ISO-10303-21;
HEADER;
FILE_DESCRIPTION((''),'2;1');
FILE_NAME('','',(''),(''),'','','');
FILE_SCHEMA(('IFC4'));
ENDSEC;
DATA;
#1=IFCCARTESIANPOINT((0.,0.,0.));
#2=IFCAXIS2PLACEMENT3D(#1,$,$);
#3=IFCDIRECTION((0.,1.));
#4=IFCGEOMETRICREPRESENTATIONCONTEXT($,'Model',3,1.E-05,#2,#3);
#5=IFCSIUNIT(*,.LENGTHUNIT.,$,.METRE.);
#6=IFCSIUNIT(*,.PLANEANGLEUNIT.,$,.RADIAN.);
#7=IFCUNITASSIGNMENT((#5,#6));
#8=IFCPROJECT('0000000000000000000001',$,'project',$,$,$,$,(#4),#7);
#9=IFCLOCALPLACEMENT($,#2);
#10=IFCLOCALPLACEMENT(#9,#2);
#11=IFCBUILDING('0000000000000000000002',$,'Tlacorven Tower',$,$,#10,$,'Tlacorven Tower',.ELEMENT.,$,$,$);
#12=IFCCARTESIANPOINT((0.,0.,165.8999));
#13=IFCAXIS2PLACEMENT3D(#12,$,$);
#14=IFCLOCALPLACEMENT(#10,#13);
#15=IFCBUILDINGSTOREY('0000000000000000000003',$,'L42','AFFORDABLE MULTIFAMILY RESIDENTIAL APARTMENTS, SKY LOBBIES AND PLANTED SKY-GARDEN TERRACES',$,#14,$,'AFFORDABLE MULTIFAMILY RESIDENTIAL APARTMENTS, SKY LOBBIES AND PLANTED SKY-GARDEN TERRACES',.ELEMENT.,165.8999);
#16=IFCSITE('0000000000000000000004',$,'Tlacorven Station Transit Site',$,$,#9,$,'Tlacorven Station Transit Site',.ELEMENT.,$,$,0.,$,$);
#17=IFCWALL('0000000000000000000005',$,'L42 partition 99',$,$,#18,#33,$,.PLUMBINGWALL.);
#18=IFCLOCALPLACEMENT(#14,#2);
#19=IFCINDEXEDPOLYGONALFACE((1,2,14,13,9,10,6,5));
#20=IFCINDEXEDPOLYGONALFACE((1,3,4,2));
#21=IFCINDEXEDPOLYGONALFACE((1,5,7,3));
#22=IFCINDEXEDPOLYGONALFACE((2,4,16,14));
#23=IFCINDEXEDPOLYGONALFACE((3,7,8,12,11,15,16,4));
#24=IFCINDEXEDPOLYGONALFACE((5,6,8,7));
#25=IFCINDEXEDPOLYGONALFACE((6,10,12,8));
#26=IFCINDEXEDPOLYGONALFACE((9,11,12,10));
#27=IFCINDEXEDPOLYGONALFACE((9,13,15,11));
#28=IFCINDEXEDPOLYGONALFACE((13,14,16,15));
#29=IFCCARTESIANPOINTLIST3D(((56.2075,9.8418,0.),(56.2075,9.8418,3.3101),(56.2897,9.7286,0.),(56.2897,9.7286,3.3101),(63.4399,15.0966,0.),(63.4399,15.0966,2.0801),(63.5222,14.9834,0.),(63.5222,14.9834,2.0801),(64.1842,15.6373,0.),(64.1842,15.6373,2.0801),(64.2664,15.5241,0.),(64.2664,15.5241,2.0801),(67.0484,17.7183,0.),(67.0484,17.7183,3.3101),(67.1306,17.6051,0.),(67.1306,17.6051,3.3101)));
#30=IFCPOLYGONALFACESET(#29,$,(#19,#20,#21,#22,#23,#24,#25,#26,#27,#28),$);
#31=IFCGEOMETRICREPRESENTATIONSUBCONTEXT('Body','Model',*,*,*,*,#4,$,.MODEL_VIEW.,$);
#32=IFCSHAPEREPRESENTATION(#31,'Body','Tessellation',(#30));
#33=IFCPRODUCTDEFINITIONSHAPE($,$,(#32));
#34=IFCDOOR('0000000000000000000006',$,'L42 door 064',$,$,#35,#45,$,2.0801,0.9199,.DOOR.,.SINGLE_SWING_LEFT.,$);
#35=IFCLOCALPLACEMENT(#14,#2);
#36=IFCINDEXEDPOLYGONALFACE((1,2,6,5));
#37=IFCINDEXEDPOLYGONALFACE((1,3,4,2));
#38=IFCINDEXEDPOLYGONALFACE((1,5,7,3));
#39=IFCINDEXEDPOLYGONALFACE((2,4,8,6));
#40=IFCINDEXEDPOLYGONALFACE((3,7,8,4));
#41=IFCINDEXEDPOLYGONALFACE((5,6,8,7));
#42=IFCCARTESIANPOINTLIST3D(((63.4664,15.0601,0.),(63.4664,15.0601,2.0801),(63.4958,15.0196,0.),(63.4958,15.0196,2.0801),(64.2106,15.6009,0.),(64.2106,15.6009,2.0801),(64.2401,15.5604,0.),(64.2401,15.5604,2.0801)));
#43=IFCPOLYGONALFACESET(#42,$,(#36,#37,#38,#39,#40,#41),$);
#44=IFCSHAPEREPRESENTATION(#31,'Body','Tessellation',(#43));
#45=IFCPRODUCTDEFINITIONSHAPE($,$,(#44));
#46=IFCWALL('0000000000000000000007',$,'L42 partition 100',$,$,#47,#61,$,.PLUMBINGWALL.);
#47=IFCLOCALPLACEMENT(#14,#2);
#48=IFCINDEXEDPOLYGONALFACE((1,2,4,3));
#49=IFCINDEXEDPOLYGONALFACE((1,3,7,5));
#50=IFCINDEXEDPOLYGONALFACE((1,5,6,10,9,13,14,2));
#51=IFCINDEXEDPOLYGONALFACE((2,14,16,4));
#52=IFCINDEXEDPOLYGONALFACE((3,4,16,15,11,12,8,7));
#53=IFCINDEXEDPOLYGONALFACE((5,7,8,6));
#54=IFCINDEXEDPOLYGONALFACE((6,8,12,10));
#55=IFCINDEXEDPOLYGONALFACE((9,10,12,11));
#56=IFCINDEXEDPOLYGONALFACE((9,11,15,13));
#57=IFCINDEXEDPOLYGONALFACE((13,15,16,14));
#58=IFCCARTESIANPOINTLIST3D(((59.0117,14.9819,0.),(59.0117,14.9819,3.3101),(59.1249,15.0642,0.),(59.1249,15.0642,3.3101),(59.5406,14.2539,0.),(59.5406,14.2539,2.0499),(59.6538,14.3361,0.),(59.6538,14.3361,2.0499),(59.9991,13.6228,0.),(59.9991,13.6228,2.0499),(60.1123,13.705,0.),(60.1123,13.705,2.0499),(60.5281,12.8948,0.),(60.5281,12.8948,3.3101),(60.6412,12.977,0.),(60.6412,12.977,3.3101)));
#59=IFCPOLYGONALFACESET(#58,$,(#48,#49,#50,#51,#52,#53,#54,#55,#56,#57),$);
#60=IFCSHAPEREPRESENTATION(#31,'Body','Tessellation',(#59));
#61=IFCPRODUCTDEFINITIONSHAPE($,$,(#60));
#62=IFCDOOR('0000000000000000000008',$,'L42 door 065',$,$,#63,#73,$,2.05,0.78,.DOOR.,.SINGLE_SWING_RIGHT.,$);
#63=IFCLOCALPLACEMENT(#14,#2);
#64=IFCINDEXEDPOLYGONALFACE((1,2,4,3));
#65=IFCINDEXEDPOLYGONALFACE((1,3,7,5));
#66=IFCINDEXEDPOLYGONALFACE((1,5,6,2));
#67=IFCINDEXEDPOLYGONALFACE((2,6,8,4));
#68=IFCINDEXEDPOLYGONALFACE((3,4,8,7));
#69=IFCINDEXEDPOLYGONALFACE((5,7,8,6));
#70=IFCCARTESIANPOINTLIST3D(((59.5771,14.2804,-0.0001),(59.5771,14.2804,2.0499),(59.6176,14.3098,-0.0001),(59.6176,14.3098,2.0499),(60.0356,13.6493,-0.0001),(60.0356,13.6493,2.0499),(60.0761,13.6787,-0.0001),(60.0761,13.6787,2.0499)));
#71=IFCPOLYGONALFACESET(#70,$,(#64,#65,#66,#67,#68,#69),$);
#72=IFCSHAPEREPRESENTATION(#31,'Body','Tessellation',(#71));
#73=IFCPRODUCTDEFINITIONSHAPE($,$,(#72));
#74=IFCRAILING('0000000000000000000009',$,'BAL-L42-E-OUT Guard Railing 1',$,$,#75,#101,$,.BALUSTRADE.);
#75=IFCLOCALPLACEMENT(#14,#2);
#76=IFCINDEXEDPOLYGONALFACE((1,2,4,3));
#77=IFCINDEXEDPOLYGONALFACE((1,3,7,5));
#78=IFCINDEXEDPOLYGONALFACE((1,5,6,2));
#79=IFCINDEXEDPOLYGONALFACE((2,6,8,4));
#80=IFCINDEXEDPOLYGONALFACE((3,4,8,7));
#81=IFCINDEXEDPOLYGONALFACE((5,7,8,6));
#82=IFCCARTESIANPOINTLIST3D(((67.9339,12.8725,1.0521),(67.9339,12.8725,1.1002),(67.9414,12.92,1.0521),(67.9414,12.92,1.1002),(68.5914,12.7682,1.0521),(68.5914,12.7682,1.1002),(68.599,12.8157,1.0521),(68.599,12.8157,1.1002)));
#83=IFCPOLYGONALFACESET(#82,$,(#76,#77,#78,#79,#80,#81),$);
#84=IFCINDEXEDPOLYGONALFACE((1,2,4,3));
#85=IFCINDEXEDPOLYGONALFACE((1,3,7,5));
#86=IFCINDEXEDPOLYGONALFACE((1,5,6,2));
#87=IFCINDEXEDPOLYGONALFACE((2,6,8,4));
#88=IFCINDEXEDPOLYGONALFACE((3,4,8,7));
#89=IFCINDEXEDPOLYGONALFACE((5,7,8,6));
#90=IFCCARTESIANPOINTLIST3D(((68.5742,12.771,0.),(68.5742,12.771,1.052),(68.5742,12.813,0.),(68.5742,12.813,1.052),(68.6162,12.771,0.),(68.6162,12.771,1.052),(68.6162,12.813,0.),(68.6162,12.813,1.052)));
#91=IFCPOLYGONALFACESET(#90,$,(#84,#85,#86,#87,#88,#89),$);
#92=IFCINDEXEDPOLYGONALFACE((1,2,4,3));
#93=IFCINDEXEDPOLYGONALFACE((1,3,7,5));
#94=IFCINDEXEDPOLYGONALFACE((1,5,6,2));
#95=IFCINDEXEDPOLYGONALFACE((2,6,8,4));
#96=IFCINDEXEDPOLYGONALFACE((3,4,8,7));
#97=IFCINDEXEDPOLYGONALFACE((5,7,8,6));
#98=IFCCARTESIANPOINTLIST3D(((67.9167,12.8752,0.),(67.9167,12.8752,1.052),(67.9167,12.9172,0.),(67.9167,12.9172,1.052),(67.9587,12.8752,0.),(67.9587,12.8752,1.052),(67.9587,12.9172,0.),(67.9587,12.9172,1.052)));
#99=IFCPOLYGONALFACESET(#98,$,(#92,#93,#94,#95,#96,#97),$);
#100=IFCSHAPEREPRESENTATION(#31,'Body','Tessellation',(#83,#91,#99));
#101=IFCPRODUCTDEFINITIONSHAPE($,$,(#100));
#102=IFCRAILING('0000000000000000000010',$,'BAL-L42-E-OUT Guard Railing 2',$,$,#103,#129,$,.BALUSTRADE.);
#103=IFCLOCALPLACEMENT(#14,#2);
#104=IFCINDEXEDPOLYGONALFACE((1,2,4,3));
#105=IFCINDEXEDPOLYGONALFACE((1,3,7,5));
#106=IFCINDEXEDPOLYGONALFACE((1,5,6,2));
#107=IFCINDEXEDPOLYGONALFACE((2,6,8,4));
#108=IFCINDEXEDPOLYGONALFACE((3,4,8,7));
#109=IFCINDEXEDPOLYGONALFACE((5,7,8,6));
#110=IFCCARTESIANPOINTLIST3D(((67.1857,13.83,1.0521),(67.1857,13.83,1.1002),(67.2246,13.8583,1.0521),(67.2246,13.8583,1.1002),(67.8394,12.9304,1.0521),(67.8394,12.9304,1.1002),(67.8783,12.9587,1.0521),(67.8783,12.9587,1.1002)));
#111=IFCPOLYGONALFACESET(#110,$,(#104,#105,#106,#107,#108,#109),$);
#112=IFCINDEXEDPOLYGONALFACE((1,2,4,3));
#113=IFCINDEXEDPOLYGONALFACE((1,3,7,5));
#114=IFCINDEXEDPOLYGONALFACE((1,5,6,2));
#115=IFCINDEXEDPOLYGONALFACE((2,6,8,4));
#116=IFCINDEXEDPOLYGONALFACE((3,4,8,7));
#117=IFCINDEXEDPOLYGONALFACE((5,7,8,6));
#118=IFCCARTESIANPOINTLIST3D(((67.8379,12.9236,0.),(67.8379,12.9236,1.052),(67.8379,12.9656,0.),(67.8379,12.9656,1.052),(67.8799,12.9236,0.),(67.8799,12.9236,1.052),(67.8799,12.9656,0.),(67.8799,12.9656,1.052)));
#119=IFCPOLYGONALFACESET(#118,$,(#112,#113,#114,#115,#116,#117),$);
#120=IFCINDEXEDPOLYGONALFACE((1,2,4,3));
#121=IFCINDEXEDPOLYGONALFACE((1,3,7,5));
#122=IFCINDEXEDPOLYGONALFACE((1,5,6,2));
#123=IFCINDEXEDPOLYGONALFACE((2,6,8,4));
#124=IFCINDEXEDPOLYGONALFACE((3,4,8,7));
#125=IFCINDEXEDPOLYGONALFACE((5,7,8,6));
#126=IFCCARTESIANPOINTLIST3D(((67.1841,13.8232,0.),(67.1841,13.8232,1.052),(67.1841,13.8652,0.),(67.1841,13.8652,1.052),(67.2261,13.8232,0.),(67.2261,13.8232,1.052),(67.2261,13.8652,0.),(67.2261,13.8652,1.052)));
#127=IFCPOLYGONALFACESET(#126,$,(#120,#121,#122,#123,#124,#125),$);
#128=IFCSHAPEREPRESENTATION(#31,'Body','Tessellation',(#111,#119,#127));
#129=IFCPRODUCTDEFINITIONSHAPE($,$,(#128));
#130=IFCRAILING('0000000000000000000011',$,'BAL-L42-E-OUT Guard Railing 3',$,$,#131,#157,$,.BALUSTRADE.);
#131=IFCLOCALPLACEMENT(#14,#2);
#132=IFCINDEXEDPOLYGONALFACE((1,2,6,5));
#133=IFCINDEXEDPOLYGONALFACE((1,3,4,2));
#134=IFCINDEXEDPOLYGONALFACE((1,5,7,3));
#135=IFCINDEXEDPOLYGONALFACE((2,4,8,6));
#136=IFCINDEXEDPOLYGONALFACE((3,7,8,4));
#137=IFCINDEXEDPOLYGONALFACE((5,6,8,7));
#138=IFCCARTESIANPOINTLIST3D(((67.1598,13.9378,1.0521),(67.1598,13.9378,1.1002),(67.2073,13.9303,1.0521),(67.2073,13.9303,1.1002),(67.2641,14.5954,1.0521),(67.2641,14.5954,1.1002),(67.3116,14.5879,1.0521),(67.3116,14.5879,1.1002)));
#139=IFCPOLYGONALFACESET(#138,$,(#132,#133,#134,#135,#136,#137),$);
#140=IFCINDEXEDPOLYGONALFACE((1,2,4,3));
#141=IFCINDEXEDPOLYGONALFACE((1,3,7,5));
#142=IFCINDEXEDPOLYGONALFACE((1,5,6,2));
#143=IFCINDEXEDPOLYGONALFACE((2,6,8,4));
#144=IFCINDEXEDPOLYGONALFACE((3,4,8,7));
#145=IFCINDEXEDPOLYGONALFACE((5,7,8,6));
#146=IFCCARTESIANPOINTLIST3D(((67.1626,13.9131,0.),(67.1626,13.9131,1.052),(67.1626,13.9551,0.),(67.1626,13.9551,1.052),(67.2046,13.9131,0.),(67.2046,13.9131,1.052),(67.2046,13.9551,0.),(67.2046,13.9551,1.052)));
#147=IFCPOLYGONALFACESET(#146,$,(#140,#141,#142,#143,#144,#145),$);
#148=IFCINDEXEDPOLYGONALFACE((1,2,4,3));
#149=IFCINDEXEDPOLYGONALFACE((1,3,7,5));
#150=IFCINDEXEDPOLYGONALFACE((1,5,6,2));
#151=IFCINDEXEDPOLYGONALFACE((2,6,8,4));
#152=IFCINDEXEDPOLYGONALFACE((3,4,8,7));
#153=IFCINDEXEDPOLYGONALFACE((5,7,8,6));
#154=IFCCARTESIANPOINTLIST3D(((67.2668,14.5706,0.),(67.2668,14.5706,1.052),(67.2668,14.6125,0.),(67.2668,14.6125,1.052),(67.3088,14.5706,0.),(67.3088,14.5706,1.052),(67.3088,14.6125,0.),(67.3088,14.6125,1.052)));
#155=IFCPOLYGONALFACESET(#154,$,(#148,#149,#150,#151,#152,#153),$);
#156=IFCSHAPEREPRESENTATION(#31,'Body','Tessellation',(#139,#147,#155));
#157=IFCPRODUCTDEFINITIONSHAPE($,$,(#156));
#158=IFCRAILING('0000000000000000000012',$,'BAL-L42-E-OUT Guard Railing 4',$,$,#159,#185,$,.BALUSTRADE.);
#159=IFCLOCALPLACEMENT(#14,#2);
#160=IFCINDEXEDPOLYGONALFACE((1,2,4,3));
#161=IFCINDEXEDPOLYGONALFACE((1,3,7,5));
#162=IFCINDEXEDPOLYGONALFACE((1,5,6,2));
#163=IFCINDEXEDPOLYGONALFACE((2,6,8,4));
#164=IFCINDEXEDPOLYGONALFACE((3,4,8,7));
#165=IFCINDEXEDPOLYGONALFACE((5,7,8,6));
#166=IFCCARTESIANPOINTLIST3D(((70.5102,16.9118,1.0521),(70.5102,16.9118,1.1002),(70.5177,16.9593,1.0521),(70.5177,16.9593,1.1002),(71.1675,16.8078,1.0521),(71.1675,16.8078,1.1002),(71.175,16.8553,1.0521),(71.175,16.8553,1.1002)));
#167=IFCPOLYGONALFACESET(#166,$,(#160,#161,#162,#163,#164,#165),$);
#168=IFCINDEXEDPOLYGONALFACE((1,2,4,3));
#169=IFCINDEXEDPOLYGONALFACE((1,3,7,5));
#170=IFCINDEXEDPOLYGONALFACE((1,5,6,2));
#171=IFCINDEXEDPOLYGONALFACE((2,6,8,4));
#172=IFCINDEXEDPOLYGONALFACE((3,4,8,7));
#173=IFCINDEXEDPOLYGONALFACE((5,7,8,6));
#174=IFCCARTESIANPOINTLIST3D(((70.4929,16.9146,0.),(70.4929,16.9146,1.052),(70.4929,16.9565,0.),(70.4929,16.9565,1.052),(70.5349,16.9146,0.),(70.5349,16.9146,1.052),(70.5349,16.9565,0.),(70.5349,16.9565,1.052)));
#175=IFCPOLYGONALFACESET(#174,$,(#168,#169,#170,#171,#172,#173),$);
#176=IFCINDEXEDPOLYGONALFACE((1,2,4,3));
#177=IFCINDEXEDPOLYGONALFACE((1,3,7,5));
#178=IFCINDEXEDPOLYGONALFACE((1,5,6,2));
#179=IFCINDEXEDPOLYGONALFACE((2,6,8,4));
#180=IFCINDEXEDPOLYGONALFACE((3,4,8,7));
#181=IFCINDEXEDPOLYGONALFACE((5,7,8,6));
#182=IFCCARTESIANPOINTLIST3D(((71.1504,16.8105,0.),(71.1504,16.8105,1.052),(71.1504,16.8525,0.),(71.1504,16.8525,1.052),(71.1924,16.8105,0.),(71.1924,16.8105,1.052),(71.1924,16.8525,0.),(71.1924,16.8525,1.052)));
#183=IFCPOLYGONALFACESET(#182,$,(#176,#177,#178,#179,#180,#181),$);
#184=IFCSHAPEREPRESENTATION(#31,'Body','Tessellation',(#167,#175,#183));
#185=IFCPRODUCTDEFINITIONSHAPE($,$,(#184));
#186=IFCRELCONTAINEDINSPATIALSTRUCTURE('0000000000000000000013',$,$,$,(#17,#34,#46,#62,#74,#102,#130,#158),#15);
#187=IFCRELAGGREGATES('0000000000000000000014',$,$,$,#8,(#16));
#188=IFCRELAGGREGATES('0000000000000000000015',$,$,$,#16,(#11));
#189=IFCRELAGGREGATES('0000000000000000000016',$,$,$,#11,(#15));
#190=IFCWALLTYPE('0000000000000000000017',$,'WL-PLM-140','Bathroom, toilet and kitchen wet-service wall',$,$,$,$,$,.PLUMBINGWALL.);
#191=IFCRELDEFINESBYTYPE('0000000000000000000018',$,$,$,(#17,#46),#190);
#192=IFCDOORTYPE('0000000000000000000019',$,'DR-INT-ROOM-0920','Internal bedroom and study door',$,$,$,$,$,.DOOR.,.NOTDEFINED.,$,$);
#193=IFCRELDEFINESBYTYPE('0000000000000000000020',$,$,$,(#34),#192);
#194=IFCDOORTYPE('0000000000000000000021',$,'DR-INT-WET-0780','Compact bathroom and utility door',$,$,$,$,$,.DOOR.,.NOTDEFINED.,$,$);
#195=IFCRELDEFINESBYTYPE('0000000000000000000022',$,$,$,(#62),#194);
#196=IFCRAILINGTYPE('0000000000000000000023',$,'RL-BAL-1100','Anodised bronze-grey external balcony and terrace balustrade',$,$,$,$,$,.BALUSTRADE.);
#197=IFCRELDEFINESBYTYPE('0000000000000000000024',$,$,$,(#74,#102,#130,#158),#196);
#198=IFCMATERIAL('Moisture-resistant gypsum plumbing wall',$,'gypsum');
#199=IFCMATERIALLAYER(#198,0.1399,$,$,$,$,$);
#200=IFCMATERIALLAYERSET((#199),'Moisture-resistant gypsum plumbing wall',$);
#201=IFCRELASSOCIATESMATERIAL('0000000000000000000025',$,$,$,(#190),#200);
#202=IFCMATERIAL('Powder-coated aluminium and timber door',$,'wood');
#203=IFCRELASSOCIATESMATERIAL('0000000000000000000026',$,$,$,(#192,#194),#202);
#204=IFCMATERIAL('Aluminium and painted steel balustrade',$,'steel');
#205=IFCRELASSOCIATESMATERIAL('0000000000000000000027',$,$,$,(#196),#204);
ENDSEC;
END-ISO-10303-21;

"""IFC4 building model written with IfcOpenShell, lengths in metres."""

from ifc_helpers import new_model, si_unit, direction, frame, frame_2d, origin, origin_2d, place, context, subcontext, project, spatial, rectangle, extrude, source, transform, mapped, material, layer, layer_set, type_object, element, fill, save


model = new_model("IFC4")

# Units and contexts
model_context = context("Model", 3, precision=1e-05, world=origin(), true_north=direction((0.0, 1.0)))
body_context = subcontext(model_context, "Body", "Model", "MODEL_VIEW")
ifc_project = project(units=[si_unit("LENGTHUNIT", "METRE"), si_unit("PLANEANGLEUNIT", "RADIAN")], contexts=[model_context])

# Site, building, storey
site_placement = place(None, origin())
site = spatial("IfcSite", under=ifc_project, at=site_placement, Name="Tlacorven Station Transit Site", LongName="Tlacorven Station Transit Site", CompositionType="ELEMENT", RefElevation=0.0)
building_placement = place(site_placement, origin())
building = spatial("IfcBuilding", under=site, at=building_placement, Name="Tlacorven Tower", LongName="Tlacorven Tower", CompositionType="ELEMENT")
storey_placement = place(building_placement, frame((0.0, 0.0, 165.8999)))
storey = spatial("IfcBuildingStorey", under=building, at=storey_placement, Name="L42", Description="AFFORDABLE MULTIFAMILY RESIDENTIAL APARTMENTS, SKY LOBBIES AND PLANTED SKY-GARDEN TERRACES", LongName="AFFORDABLE MULTIFAMILY RESIDENTIAL APARTMENTS, SKY LOBBIES AND PLANTED SKY-GARDEN TERRACES", CompositionType="ELEMENT", Elevation=165.8999)

# Shared definitions
ifc_material_1 = material(Name="Powder-coated aluminium and timber door", Category="wood")

# Walls, openings, doors
ifc_material_2 = material(Name="Moisture-resistant gypsum plumbing wall", Category="gypsum")
ifc_layer_1 = layer(ifc_material_2, 0.1399)
ifc_layer_set_1 = layer_set([ifc_layer_1], Name="Moisture-resistant gypsum plumbing wall")
wall_type_1 = type_object("IfcWallType", Name="WL-PLM-140", Description="Bathroom, toilet and kitchen wet-service wall", PredefinedType="PLUMBINGWALL", material=ifc_layer_set_1)
wall_1_placement = place(storey_placement, frame((56.2485, 9.7852, 0.0), z_axis=(0.0, 0.0, 1.0), x_axis=(0.809012, 0.587792, 0.0)))
wall_1 = element("IfcWall", 1, at=wall_1_placement, inside=storey, type_object=wall_type_1, Name="L42 partition 99", PredefinedType="PLUMBINGWALL", context=body_context, shape_type="SweptSolid", body=[
    extrude(rectangle(XDim=13.4001, YDim=0.1399, at=frame_2d((6.7002, 0.0))), origin(), (0.0, 0.0, 1.0), 3.3101),
])
opening_1_placement = place(wall_1_placement, frame((8.9399, 0.0, 0.0)))
opening_1 = element("IfcOpeningElement", 2, at=opening_1_placement, cuts=wall_1, PredefinedType="OPENING", context=body_context, shape_type="SweptSolid", body=[
    extrude(rectangle(XDim=0.9199, YDim=2.0801, at=frame_2d((0.46, 1.04))), frame((0.0, 0.0801, 0.0), z_axis=(0.0, -1.0, 0.0), x_axis=(1.0, 0.0, 0.0)), (0.0, 0.0, 1.0), 0.1599),
])
door_type_1 = type_object("IfcDoorType", Name="DR-INT-ROOM-0920", Description="Internal bedroom and study door", OperationType="NOTDEFINED", PredefinedType="DOOR", material=ifc_material_1)
shared_shape_1 = source(origin(), body_context, "Body", "SweptSolid", [
    extrude(rectangle(XDim=0.9199, YDim=2.0801, at=frame_2d((0.46, 1.04))), frame((0.0, 0.0249, 0.0), z_axis=(0.0, -1.0, 0.0), x_axis=(1.0, 0.0, 0.0)), (0.0, 0.0, 1.0), 0.05),
])
door_1_placement = place(opening_1_placement, origin())
door_1 = element("IfcDoor", 3, at=door_1_placement, inside=storey, type_object=door_type_1, Name="L42 door 064", OperationType="SINGLE_SWING_LEFT", OverallHeight=2.0801, OverallWidth=0.9199, PredefinedType="DOOR", context=body_context, shape_type="MappedRepresentation", body=[
    mapped(shared_shape_1, transform((0.0, 0.0, 0.0), scale=1.0)),
])
fill(opening_1, door_1)
wall_2_placement = place(storey_placement, frame((60.5847, 12.9358, 0.0), z_axis=(0.0, 0.0, 1.0), x_axis=(-0.587772, 0.809027, 0.0)))
wall_2 = element("IfcWall", 4, at=wall_2_placement, inside=storey, type_object=wall_type_1, Name="L42 partition 100", PredefinedType="PLUMBINGWALL", context=body_context, shape_type="SweptSolid", body=[
    extrude(rectangle(XDim=2.5798, YDim=0.1399, at=frame_2d((1.29, 0.0))), origin(), (0.0, 0.0, 1.0), 3.3101),
])
opening_2_placement = place(wall_2_placement, frame((0.8999, 0.0, 0.0)))
opening_2 = element("IfcOpeningElement", 5, at=opening_2_placement, cuts=wall_2, PredefinedType="OPENING", context=body_context, shape_type="SweptSolid", body=[
    extrude(rectangle(XDim=0.78, YDim=2.05, at=frame_2d((0.3901, 1.0249))), frame((0.0, 0.0801, 0.0), z_axis=(0.0, -1.0, 0.0), x_axis=(1.0, 0.0, 0.0)), (0.0, 0.0, 1.0), 0.1599),
])
door_type_2 = type_object("IfcDoorType", Name="DR-INT-WET-0780", Description="Compact bathroom and utility door", OperationType="NOTDEFINED", PredefinedType="DOOR", material=ifc_material_1)
shared_shape_2 = source(origin(), body_context, "Body", "SweptSolid", [
    extrude(rectangle(XDim=0.78, YDim=2.05, at=frame_2d((0.3901, 1.0249))), frame((0.0, 0.0249, 0.0), z_axis=(0.0, -1.0, 0.0), x_axis=(1.0, 0.0, 0.0)), (0.0, 0.0, 1.0), 0.05),
])
door_2_placement = place(opening_2_placement, origin())
door_2 = element("IfcDoor", 6, at=door_2_placement, inside=storey, type_object=door_type_2, Name="L42 door 065", OperationType="SINGLE_SWING_RIGHT", OverallHeight=2.05, OverallWidth=0.78, PredefinedType="DOOR", context=body_context, shape_type="MappedRepresentation", body=[
    mapped(shared_shape_2, transform((0.0, 0.0, 0.0), scale=1.0)),
])
fill(opening_2, door_2)

# Railings
ifc_material_3 = material(Name="Aluminium and painted steel balustrade", Category="steel")
railing_type_1 = type_object("IfcRailingType", Name="RL-BAL-1100", Description="Anodised bronze-grey external balcony and terrace balustrade", PredefinedType="BALUSTRADE", material=ifc_material_3)
shared_shape_3 = source(origin(), body_context, "Body", "SweptSolid", [
    extrude(rectangle(XDim=0.0481, YDim=0.0481, at=origin_2d()), frame((0.0, 0.0, 1.0762), z_axis=(-0.987662, 0.156603, 0.0), x_axis=(-0.156603, -0.987662, 0.0)), (0.0, 0.0, 1.0), 0.6658),
    extrude(rectangle(XDim=0.042, YDim=0.042, at=origin_2d()), origin(), (0.0, 0.0, 1.0), 1.052),
    extrude(rectangle(XDim=0.042, YDim=0.042, at=origin_2d()), frame((-0.6575, 0.1042, 0.0)), (0.0, 0.0, 1.0), 1.052),
])
railing_1_placement = place(storey_placement, frame((68.5952, 12.792, 0.0)))
element("IfcRailing", 7, at=railing_1_placement, inside=storey, type_object=railing_type_1, Name="BAL-L42-E-OUT Guard Railing 1", PredefinedType="BALUSTRADE", context=body_context, shape_type="MappedRepresentation", body=[
    mapped(shared_shape_3, transform((0.0, 0.0, 0.0), scale=1.0)),
])
shared_shape_4 = source(origin(), body_context, "Body", "SweptSolid", [
    extrude(rectangle(XDim=0.0481, YDim=0.0481, at=origin_2d()), frame((0.0, 0.0, 1.0762), z_axis=(-0.587884, 0.808945, 0.0), x_axis=(-0.808945, -0.587884, 0.0)), (0.0, 0.0, 1.0), 1.1121),
    extrude(rectangle(XDim=0.042, YDim=0.042, at=origin_2d()), origin(), (0.0, 0.0, 1.0), 1.052),
    extrude(rectangle(XDim=0.042, YDim=0.042, at=origin_2d()), frame((-0.6538, 0.8997, 0.0)), (0.0, 0.0, 1.0), 1.052),
])
railing_2_placement = place(storey_placement, frame((67.8589, 12.9446, 0.0)))
element("IfcRailing", 8, at=railing_2_placement, inside=storey, type_object=railing_type_1, Name="BAL-L42-E-OUT Guard Railing 2", PredefinedType="BALUSTRADE", context=body_context, shape_type="MappedRepresentation", body=[
    mapped(shared_shape_4, transform((0.0, 0.0, 0.0), scale=1.0)),
])
shared_shape_5 = source(origin(), body_context, "Body", "SweptSolid", [
    extrude(rectangle(XDim=0.0481, YDim=0.0481, at=origin_2d()), frame((0.0, 0.0, 1.0762), z_axis=(0.156603, 0.987662, 0.0), x_axis=(-0.987662, 0.156603, 0.0)), (0.0, 0.0, 1.0), 0.6658),
    extrude(rectangle(XDim=0.042, YDim=0.042, at=origin_2d()), origin(), (0.0, 0.0, 1.0), 1.052),
    extrude(rectangle(XDim=0.042, YDim=0.042, at=origin_2d()), frame((0.1042, 0.6575, 0.0)), (0.0, 0.0, 1.0), 1.052),
])
railing_3_placement = place(storey_placement, frame((67.1836, 13.9341, 0.0)))
element("IfcRailing", 9, at=railing_3_placement, inside=storey, type_object=railing_type_1, Name="BAL-L42-E-OUT Guard Railing 3", PredefinedType="BALUSTRADE", context=body_context, shape_type="MappedRepresentation", body=[
    mapped(shared_shape_5, transform((0.0, 0.0, 0.0), scale=1.0)),
])
shared_shape_6 = source(origin(), body_context, "Body", "SweptSolid", [
    extrude(rectangle(XDim=0.0481, YDim=0.0481, at=origin_2d()), frame((0.0, 0.0, 1.0762), z_axis=(0.987718, -0.156245, 0.0), x_axis=(0.156245, 0.987718, 0.0)), (0.0, 0.0, 1.0), 0.6655),
    extrude(rectangle(XDim=0.042, YDim=0.042, at=origin_2d()), origin(), (0.0, 0.0, 1.0), 1.052),
    extrude(rectangle(XDim=0.042, YDim=0.042, at=origin_2d()), frame((0.6575, -0.104, 0.0)), (0.0, 0.0, 1.0), 1.052),
])
railing_4_placement = place(storey_placement, frame((70.5139, 16.9355, 0.0)))
element("IfcRailing", 10, at=railing_4_placement, inside=storey, type_object=railing_type_1, Name="BAL-L42-E-OUT Guard Railing 4", PredefinedType="BALUSTRADE", context=body_context, shape_type="MappedRepresentation", body=[
    mapped(shared_shape_6, transform((0.0, 0.0, 0.0), scale=1.0)),
])

save(model, "model.ifc")
